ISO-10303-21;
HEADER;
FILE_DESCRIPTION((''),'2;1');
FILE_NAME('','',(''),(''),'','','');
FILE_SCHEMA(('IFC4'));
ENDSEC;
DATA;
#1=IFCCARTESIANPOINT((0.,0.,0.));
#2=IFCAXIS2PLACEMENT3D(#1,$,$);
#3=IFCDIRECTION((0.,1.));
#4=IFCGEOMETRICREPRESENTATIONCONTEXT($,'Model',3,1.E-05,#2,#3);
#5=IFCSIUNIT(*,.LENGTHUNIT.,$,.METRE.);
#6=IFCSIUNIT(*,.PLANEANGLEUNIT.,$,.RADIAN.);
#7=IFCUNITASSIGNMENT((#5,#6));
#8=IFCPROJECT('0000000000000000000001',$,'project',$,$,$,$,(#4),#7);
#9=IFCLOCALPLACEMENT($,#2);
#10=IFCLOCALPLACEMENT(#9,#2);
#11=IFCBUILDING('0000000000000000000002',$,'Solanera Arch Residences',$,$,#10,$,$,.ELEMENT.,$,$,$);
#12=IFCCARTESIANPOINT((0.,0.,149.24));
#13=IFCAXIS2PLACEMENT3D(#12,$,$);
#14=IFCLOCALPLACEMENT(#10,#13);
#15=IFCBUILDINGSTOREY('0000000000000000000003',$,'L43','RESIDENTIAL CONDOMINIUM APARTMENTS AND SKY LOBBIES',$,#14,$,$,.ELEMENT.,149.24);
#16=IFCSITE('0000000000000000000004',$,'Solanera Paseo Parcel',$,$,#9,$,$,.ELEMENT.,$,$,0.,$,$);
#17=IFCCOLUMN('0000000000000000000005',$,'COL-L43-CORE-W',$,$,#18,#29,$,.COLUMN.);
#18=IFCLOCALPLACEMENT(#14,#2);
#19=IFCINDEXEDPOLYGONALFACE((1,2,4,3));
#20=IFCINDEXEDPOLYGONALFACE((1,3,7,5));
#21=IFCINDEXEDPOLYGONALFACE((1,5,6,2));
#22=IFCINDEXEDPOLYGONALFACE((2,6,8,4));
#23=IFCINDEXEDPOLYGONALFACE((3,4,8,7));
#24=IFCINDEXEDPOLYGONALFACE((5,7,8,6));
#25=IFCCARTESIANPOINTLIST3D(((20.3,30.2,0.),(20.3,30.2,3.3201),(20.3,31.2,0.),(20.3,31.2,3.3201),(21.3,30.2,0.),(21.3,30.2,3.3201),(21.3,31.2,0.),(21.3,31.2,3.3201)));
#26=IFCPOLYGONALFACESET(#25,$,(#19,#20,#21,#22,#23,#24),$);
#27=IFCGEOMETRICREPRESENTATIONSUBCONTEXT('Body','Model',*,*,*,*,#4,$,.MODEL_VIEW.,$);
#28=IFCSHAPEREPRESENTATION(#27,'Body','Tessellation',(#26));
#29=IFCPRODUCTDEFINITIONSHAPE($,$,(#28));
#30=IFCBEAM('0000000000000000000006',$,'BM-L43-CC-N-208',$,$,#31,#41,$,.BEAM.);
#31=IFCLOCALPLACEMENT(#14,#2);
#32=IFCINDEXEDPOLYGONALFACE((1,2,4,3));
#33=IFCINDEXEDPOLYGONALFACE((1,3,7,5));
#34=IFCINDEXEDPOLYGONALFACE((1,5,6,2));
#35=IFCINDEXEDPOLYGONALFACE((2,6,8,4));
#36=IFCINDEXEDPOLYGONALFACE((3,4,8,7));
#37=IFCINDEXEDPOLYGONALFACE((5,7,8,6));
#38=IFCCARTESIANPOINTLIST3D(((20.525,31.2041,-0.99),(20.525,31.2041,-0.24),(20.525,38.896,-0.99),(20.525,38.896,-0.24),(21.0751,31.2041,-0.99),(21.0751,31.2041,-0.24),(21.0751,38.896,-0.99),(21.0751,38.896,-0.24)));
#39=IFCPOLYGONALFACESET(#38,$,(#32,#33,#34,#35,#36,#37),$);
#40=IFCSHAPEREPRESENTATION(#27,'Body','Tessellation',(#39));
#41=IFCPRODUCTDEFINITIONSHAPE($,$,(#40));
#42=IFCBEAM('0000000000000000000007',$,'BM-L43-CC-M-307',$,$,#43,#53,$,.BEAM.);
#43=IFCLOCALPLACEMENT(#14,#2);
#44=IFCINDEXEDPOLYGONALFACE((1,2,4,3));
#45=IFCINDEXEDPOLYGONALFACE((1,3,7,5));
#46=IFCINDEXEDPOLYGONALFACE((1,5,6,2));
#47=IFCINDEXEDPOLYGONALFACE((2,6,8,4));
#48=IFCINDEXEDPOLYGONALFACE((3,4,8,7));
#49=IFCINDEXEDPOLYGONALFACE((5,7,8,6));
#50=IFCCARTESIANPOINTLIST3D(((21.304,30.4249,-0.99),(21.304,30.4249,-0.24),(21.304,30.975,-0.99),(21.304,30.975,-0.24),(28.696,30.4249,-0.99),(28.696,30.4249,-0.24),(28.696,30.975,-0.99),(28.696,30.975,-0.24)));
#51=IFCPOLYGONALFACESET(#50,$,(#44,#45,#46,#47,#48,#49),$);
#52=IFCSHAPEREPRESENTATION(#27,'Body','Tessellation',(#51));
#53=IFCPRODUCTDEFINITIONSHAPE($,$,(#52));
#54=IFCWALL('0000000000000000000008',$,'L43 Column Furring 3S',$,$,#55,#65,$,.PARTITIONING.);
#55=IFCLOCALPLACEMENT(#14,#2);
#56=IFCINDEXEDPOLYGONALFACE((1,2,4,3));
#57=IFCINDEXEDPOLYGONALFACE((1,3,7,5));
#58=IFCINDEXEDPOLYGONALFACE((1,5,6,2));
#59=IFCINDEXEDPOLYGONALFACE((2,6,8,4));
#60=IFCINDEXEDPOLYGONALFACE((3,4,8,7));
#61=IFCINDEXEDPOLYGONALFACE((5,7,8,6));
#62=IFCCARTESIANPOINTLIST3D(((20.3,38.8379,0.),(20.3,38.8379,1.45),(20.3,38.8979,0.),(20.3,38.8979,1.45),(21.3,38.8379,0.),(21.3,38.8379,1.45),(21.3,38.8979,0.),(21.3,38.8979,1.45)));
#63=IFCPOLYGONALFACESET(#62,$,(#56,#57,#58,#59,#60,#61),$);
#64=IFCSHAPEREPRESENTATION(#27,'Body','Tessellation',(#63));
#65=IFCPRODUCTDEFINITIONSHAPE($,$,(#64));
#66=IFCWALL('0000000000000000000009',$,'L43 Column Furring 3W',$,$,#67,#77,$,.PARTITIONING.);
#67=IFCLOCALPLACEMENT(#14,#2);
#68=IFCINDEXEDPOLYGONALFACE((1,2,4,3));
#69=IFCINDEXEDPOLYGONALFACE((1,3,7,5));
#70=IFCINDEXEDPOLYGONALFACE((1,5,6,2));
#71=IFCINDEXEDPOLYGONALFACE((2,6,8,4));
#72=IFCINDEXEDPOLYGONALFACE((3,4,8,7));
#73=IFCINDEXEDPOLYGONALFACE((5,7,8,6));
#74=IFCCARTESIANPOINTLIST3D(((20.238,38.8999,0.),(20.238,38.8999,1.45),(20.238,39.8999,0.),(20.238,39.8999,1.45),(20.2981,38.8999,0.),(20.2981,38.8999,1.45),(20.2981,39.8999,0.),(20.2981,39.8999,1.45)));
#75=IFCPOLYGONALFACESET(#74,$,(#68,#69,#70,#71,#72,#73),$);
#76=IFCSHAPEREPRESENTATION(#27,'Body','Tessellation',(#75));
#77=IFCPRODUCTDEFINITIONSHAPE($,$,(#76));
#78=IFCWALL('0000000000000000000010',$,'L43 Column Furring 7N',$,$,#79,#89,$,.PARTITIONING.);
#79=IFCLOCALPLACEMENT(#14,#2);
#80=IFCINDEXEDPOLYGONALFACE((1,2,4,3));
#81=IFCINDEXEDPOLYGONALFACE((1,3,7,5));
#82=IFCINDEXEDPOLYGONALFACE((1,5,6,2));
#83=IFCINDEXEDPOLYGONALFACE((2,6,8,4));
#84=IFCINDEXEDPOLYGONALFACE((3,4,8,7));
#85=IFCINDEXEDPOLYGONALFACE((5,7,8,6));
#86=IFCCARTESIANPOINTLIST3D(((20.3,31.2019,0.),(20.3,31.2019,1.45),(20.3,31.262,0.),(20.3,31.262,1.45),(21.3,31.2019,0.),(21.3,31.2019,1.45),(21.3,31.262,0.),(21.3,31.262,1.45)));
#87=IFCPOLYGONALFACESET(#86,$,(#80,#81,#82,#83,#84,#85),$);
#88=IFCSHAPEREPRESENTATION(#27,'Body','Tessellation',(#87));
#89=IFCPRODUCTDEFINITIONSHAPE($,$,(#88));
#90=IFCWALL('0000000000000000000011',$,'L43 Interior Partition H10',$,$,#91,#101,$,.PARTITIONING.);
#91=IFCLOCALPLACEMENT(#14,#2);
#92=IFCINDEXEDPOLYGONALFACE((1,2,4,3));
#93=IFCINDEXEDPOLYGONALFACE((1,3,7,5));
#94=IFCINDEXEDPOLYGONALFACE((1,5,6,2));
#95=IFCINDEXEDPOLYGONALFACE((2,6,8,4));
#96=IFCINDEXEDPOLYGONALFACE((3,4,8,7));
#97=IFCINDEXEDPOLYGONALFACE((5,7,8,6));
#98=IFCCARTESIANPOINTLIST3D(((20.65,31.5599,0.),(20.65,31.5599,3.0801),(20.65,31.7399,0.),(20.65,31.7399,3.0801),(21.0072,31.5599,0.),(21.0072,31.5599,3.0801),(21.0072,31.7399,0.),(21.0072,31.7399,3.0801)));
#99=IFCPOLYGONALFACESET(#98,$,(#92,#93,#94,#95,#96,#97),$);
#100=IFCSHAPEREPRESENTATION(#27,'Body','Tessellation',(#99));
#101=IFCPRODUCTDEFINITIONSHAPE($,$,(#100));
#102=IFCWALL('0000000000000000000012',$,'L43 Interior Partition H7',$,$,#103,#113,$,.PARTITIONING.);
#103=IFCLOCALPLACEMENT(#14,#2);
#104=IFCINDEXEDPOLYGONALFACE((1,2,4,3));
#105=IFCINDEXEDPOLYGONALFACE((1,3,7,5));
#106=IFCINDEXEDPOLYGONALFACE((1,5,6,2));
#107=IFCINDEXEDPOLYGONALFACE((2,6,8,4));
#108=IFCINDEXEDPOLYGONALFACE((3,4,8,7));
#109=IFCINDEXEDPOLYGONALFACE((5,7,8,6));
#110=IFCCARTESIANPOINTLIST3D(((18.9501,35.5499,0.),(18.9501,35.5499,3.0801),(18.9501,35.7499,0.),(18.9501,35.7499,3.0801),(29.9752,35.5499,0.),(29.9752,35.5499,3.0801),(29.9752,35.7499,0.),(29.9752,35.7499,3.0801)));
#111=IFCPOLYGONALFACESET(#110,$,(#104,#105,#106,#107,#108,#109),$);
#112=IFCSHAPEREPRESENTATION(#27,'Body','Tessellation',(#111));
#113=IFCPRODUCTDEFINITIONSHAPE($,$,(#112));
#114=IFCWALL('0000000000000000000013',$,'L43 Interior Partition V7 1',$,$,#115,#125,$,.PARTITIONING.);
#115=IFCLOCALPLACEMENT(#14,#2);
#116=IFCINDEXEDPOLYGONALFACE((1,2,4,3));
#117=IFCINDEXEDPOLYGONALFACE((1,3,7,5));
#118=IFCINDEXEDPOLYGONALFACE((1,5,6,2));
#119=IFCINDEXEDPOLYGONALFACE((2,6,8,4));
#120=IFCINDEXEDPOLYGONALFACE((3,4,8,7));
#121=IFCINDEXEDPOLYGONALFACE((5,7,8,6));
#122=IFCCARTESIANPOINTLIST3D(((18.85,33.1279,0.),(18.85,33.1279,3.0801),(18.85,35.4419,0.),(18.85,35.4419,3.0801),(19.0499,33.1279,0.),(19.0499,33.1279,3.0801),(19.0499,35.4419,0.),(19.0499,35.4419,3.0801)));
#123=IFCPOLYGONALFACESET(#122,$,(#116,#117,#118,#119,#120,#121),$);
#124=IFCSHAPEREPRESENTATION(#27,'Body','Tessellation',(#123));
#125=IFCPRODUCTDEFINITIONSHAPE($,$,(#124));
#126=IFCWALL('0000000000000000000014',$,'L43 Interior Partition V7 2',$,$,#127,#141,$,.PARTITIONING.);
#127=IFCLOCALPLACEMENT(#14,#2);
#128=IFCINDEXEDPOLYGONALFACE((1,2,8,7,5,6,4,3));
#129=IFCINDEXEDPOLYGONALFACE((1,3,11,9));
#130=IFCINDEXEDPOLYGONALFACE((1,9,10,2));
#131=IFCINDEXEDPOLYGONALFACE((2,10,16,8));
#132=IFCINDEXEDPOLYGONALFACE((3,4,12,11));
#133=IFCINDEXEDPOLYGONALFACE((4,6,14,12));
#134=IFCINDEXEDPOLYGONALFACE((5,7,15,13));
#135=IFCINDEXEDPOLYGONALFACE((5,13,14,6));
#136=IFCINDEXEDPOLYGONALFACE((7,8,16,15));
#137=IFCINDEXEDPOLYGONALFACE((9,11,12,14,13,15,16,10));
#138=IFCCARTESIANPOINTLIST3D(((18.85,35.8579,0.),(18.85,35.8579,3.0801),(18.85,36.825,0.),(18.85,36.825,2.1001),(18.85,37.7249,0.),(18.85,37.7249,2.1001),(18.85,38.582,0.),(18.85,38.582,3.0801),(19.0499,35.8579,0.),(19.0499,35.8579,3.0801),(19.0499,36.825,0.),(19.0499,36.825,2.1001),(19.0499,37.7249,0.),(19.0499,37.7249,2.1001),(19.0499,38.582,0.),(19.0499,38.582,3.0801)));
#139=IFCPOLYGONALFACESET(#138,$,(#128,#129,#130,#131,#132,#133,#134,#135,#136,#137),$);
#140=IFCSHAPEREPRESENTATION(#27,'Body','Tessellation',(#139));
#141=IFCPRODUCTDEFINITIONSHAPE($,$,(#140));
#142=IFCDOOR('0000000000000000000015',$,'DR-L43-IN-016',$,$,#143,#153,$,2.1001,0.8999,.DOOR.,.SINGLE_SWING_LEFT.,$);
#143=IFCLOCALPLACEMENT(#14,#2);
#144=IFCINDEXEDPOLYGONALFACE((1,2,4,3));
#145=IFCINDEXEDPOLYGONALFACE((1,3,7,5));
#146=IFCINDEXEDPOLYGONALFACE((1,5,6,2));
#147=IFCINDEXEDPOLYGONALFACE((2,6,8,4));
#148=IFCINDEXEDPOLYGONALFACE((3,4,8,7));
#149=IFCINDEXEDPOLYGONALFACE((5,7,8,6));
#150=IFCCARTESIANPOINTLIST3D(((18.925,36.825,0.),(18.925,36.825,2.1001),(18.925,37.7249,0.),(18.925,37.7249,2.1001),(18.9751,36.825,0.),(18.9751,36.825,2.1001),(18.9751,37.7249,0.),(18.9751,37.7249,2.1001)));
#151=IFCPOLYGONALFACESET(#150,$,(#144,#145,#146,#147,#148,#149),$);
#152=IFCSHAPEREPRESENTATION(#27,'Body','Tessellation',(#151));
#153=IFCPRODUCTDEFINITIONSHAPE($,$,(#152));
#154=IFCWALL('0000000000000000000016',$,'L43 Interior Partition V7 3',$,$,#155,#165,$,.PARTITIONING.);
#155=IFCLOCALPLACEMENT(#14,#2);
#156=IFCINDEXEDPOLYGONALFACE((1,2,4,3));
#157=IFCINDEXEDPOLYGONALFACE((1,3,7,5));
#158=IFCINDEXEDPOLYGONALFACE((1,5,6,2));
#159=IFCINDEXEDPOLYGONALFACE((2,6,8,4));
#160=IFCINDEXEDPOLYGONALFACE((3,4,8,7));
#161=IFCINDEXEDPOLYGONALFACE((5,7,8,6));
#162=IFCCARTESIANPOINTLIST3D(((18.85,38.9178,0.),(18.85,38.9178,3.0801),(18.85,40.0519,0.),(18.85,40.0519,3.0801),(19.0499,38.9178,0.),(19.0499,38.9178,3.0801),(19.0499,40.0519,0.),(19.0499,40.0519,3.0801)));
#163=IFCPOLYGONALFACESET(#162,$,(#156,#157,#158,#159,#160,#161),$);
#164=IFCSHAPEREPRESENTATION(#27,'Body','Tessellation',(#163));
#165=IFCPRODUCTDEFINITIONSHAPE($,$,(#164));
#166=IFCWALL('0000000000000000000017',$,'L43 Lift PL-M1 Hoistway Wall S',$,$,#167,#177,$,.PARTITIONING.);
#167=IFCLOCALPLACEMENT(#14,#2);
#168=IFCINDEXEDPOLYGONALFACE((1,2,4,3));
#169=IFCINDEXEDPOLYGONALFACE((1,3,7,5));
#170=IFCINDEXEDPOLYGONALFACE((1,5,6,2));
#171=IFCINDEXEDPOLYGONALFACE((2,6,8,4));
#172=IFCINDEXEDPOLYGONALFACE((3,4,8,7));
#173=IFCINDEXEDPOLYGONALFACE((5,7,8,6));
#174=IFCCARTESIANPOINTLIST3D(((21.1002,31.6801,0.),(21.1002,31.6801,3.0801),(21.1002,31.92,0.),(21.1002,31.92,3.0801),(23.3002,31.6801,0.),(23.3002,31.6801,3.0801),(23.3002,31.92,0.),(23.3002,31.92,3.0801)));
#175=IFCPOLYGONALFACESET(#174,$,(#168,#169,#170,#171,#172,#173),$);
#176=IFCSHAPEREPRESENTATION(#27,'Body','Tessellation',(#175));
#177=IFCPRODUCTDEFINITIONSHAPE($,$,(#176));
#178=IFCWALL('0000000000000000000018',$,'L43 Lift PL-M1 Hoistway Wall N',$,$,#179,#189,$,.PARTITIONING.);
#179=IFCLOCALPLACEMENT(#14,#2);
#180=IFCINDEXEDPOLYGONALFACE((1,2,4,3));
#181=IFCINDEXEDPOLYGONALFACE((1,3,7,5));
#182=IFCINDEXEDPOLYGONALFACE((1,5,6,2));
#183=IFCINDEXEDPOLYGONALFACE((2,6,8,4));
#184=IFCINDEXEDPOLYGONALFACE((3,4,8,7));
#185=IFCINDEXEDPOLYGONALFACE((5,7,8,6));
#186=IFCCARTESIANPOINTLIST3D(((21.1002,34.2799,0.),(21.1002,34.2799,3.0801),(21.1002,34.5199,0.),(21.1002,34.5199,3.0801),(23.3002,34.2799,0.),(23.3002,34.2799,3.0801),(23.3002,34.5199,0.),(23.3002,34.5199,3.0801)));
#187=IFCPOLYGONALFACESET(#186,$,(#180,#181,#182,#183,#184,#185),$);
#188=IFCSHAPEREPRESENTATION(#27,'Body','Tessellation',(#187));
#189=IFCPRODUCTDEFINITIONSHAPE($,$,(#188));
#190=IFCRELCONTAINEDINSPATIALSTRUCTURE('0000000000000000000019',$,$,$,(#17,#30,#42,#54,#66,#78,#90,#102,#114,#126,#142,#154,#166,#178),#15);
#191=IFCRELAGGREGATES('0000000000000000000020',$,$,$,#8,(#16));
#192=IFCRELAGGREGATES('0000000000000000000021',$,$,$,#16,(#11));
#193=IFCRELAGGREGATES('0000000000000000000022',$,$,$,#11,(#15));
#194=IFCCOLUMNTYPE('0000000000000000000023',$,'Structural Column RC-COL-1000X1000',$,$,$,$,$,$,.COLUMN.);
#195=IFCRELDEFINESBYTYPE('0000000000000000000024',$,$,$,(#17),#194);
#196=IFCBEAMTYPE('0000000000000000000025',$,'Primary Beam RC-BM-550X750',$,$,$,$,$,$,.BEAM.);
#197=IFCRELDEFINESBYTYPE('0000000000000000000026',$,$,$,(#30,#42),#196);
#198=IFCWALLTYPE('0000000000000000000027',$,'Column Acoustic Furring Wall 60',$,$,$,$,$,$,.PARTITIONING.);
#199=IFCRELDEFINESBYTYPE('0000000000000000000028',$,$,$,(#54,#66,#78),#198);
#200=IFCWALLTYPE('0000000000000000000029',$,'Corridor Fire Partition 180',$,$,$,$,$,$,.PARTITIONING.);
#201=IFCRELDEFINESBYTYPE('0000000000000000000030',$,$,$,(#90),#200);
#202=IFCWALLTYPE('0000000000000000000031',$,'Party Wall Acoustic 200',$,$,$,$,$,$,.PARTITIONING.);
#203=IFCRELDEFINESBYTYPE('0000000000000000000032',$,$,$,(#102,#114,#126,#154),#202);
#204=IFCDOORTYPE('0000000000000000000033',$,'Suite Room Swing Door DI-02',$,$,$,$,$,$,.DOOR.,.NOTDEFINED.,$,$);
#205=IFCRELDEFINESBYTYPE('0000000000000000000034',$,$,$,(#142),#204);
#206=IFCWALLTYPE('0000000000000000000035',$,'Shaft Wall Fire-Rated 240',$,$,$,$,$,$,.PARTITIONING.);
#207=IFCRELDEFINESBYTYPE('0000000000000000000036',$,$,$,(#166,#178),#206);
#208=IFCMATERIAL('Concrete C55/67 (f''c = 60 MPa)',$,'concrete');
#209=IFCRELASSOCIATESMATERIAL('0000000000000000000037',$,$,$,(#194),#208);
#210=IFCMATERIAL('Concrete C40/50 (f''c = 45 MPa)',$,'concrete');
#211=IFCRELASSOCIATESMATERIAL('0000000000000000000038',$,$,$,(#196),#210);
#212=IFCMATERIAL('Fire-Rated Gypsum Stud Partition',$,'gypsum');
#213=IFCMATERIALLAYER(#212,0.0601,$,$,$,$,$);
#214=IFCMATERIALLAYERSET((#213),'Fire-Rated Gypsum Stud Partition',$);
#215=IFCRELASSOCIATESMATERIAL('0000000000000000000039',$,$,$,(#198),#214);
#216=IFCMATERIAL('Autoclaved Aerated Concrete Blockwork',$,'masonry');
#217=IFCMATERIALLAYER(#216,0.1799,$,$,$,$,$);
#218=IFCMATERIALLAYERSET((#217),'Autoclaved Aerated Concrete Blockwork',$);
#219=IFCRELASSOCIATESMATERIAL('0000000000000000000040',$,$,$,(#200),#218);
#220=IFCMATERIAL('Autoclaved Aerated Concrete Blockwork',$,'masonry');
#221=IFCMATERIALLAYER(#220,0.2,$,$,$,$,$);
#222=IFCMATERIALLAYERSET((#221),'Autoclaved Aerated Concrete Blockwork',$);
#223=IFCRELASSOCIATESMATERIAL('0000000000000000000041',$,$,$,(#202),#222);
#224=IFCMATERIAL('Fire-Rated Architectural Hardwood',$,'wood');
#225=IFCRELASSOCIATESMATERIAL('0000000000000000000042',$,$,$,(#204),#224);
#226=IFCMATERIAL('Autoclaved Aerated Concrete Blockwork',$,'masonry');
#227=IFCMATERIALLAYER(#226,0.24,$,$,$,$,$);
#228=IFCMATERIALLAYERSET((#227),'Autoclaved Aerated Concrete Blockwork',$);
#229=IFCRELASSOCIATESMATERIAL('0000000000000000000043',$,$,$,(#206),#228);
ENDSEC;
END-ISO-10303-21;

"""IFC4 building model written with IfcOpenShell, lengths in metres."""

from ifc_helpers import new_model, si_unit, direction, frame, frame_2d, origin, origin_2d, place, context, subcontext, project, spatial, rectangle, extrude, material, layer, layer_set, material_profile, profile_set, type_object, element, fill, save


model = new_model("IFC4")

# Units and contexts
model_context = context("Model", 3, precision=1e-05, world=origin(), true_north=direction((0.0, 1.0)))
body_context = subcontext(model_context, "Body", "Model", "MODEL_VIEW")
ifc_project = project(units=[si_unit("LENGTHUNIT", "METRE"), si_unit("PLANEANGLEUNIT", "RADIAN")], contexts=[model_context])

# Site, building, storey
site_placement = place(None, origin())
site = spatial("IfcSite", under=ifc_project, at=site_placement, Name="Solanera Paseo Parcel", CompositionType="ELEMENT", RefElevation=0.0)
building_placement = place(site_placement, origin())
building = spatial("IfcBuilding", under=site, at=building_placement, Name="Solanera Arch Residences", CompositionType="ELEMENT")
storey_placement = place(building_placement, frame((0.0, 0.0, 149.24)))
storey = spatial("IfcBuildingStorey", under=building, at=storey_placement, Name="L43", Description="RESIDENTIAL CONDOMINIUM APARTMENTS AND SKY LOBBIES", CompositionType="ELEMENT", Elevation=149.24)

# Column
ifc_material_1 = material(Name="Concrete C55/67 (f'c = 60 MPa)", Category="concrete")
ifc_material_profile_1 = material_profile(ifc_material_1, rectangle(XDim=1.0, YDim=1.0, at=origin_2d()))
ifc_profile_set_1 = profile_set([ifc_material_profile_1], Name="Concrete C55/67 (f'c = 60 MPa)")
column_type = type_object("IfcColumnType", Name="Structural Column RC-COL-1000X1000", PredefinedType="COLUMN", material=ifc_profile_set_1)
column_placement = place(storey_placement, frame((20.8, 30.7, 0.0), z_axis=(0.0, 0.0, 1.0), x_axis=(1.0, 0.0, 0.0)))
element("IfcColumn", 1, at=column_placement, inside=storey, type_object=column_type, Name="COL-L43-CORE-W", PredefinedType="COLUMN", context=body_context, shape_type="SweptSolid", body=[
    extrude(rectangle(XDim=1.0, YDim=1.0, at=origin_2d()), origin(), (0.0, 0.0, 1.0), 3.3201),
])

# Beams
ifc_material_2 = material(Name="Concrete C40/50 (f'c = 45 MPa)", Category="concrete")
ifc_material_profile_2 = material_profile(ifc_material_2, rectangle(XDim=0.55, YDim=0.75, at=origin_2d()))
ifc_profile_set_2 = profile_set([ifc_material_profile_2], Name="Concrete C40/50 (f'c = 45 MPa)")
beam_type = type_object("IfcBeamType", Name="Primary Beam RC-BM-550X750", PredefinedType="BEAM", material=ifc_profile_set_2)
beam_1_placement = place(storey_placement, frame((20.8, 31.2041, -0.615), z_axis=(0.0, 1.0, 0.0), x_axis=(-1.0, 0.0, 0.0)))
element("IfcBeam", 2, at=beam_1_placement, inside=storey, type_object=beam_type, Name="BM-L43-CC-N-208", PredefinedType="BEAM", context=body_context, shape_type="SweptSolid", body=[
    extrude(rectangle(XDim=0.55, YDim=0.75, at=origin_2d()), origin(), (0.0, 0.0, 1.0), 7.6919),
])
beam_2_placement = place(storey_placement, frame((21.304, 30.7, -0.615), z_axis=(1.0, 0.0, 0.0), x_axis=(0.0, 1.0, 0.0)))
element("IfcBeam", 3, at=beam_2_placement, inside=storey, type_object=beam_type, Name="BM-L43-CC-M-307", PredefinedType="BEAM", context=body_context, shape_type="SweptSolid", body=[
    extrude(rectangle(XDim=0.55, YDim=0.75, at=origin_2d()), origin(), (0.0, 0.0, 1.0), 7.3921),
])

# Walls
ifc_material_3 = material(Name="Fire-Rated Gypsum Stud Partition", Category="gypsum")
ifc_layer_1 = layer(ifc_material_3, 0.0601)
ifc_layer_set_1 = layer_set([ifc_layer_1], Name="Fire-Rated Gypsum Stud Partition")
wall_type_1 = type_object("IfcWallType", Name="Column Acoustic Furring Wall 60", PredefinedType="PARTITIONING", material=ifc_layer_set_1)
for number, where, z_axis, x_axis, name in (
    (4, (20.3, 38.8679, 0.0), (0.0, 0.0, 1.0), (1.0, 0.0, 0.0), "L43 Column Furring 3S"),
    (5, (20.2681, 38.8999, 0.0), (0.0, 0.0, 1.0), (0.0, 1.0, 0.0), "L43 Column Furring 3W"),
    (6, (20.3, 31.2319, 0.0), (0.0, 0.0, 1.0), (1.0, 0.0, 0.0), "L43 Column Furring 7N"),
):
    element("IfcWall", number, at=place(storey_placement, frame(where, z_axis=z_axis, x_axis=x_axis)), inside=storey, type_object=wall_type_1, Name=name, PredefinedType="PARTITIONING", context=body_context, shape_type="SweptSolid", body=[
        extrude(rectangle(XDim=1.0, YDim=0.0601, at=frame_2d((0.5, 0.0))), origin(), (0.0, 0.0, 1.0), 1.45),
    ])

# Walls
ifc_material_4 = material(Name="Autoclaved Aerated Concrete Blockwork", Category="masonry")
ifc_layer_2 = layer(ifc_material_4, 0.1799)
ifc_layer_set_2 = layer_set([ifc_layer_2], Name="Autoclaved Aerated Concrete Blockwork")
wall_type_2 = type_object("IfcWallType", Name="Corridor Fire Partition 180", PredefinedType="PARTITIONING", material=ifc_layer_set_2)
wall_1_placement = place(storey_placement, frame((20.6499, 31.6499, 0.0), z_axis=(0.0, 0.0, 1.0), x_axis=(1.0, 0.0, 0.0)))
element("IfcWall", 7, at=wall_1_placement, inside=storey, type_object=wall_type_2, Name="L43 Interior Partition H10", PredefinedType="PARTITIONING", context=body_context, shape_type="SweptSolid", body=[
    extrude(rectangle(XDim=0.3572, YDim=0.1799, at=frame_2d((0.1787, 0.0))), origin(), (0.0, 0.0, 1.0), 3.0801),
])
ifc_material_5 = material(Name="Autoclaved Aerated Concrete Blockwork", Category="masonry")
ifc_layer_3 = layer(ifc_material_5, 0.2)
ifc_layer_set_3 = layer_set([ifc_layer_3], Name="Autoclaved Aerated Concrete Blockwork")
wall_type_3 = type_object("IfcWallType", Name="Party Wall Acoustic 200", PredefinedType="PARTITIONING", material=ifc_layer_set_3)
wall_2_placement = place(storey_placement, frame((18.95, 35.6499, 0.0), z_axis=(0.0, 0.0, 1.0), x_axis=(1.0, 0.0, 0.0)))
element("IfcWall", 8, at=wall_2_placement, inside=storey, type_object=wall_type_3, Name="L43 Interior Partition H7", PredefinedType="PARTITIONING", context=body_context, shape_type="SweptSolid", body=[
    extrude(rectangle(XDim=11.0251, YDim=0.2, at=frame_2d((5.5127, 0.0))), origin(), (0.0, 0.0, 1.0), 3.0801),
])
wall_3_placement = place(storey_placement, frame((18.95, 33.1279, 0.0), z_axis=(0.0, 0.0, 1.0), x_axis=(0.0, 1.0, 0.0)))
element("IfcWall", 9, at=wall_3_placement, inside=storey, type_object=wall_type_3, Name="L43 Interior Partition V7 1", PredefinedType="PARTITIONING", context=body_context, shape_type="SweptSolid", body=[
    extrude(rectangle(XDim=2.314, YDim=0.2, at=frame_2d((1.157, 0.0))), origin(), (0.0, 0.0, 1.0), 3.0801),
])

# Wall, opening, door
wall_4_placement = place(storey_placement, frame((18.95, 35.8579, 0.0), z_axis=(0.0, 0.0, 1.0), x_axis=(0.0, 1.0, 0.0)))
wall_4 = element("IfcWall", 10, at=wall_4_placement, inside=storey, type_object=wall_type_3, Name="L43 Interior Partition V7 2", PredefinedType="PARTITIONING", context=body_context, shape_type="SweptSolid", body=[
    extrude(rectangle(XDim=2.7241, YDim=0.2, at=frame_2d((1.3621, 0.0))), origin(), (0.0, 0.0, 1.0), 3.0801),
])
opening_1_placement = place(wall_4_placement, frame((0.967, 0.0, 0.0)))
opening_1 = element("IfcOpeningElement", 11, at=opening_1_placement, cuts=wall_4, PredefinedType="OPENING", context=body_context, shape_type="SweptSolid", body=[
    extrude(rectangle(XDim=0.8999, YDim=2.1001, at=frame_2d((0.45, 1.05))), frame((0.0, 0.1101, 0.0), z_axis=(0.0, -1.0, 0.0), x_axis=(1.0, 0.0, 0.0)), (0.0, 0.0, 1.0), 0.22),
])
ifc_material_6 = material(Name="Fire-Rated Architectural Hardwood", Category="wood")
door_type_1 = type_object("IfcDoorType", Name="Suite Room Swing Door DI-02", OperationType="NOTDEFINED", PredefinedType="DOOR", material=ifc_material_6)
door_1_placement = place(opening_1_placement, origin())
door_1 = element("IfcDoor", 12, at=door_1_placement, inside=storey, type_object=door_type_1, Name="DR-L43-IN-016", OperationType="SINGLE_SWING_LEFT", OverallHeight=2.1001, OverallWidth=0.8999, PredefinedType="DOOR", context=body_context, shape_type="SweptSolid", body=[
    extrude(rectangle(XDim=0.8999, YDim=2.1001, at=frame_2d((0.45, 1.05))), frame((0.0, 0.0249, 0.0), z_axis=(0.0, -1.0, 0.0), x_axis=(1.0, 0.0, 0.0)), (0.0, 0.0, 1.0), 0.05),
])
fill(opening_1, door_1)

# Walls
wall_5_placement = place(storey_placement, frame((18.95, 38.918, 0.0), z_axis=(0.0, 0.0, 1.0), x_axis=(0.0, 1.0, 0.0)))
element("IfcWall", 13, at=wall_5_placement, inside=storey, type_object=wall_type_3, Name="L43 Interior Partition V7 3", PredefinedType="PARTITIONING", context=body_context, shape_type="SweptSolid", body=[
    extrude(rectangle(XDim=1.134, YDim=0.2, at=frame_2d((0.5669, 0.0))), origin(), (0.0, 0.0, 1.0), 3.0801),
])
ifc_material_7 = material(Name="Autoclaved Aerated Concrete Blockwork", Category="masonry")
ifc_layer_4 = layer(ifc_material_7, 0.24)
ifc_layer_set_4 = layer_set([ifc_layer_4], Name="Autoclaved Aerated Concrete Blockwork")
wall_type_4 = type_object("IfcWallType", Name="Shaft Wall Fire-Rated 240", PredefinedType="PARTITIONING", material=ifc_layer_set_4)
for number, where, z_axis, x_axis, name in (
    (14, (21.1001, 31.8, 0.0), (0.0, 0.0, 1.0), (1.0, 0.0, 0.0), "L43 Lift PL-M1 Hoistway Wall S"),
    (15, (21.1001, 34.3999, 0.0), (0.0, 0.0, 1.0), (1.0, 0.0, 0.0), "L43 Lift PL-M1 Hoistway Wall N"),
):
    element("IfcWall", number, at=place(storey_placement, frame(where, z_axis=z_axis, x_axis=x_axis)), inside=storey, type_object=wall_type_4, Name=name, PredefinedType="PARTITIONING", context=body_context, shape_type="SweptSolid", body=[
        extrude(rectangle(XDim=2.2, YDim=0.24, at=frame_2d((1.1001, 0.0))), origin(), (0.0, 0.0, 1.0), 3.0801),
    ])

save(model, "model.ifc")
